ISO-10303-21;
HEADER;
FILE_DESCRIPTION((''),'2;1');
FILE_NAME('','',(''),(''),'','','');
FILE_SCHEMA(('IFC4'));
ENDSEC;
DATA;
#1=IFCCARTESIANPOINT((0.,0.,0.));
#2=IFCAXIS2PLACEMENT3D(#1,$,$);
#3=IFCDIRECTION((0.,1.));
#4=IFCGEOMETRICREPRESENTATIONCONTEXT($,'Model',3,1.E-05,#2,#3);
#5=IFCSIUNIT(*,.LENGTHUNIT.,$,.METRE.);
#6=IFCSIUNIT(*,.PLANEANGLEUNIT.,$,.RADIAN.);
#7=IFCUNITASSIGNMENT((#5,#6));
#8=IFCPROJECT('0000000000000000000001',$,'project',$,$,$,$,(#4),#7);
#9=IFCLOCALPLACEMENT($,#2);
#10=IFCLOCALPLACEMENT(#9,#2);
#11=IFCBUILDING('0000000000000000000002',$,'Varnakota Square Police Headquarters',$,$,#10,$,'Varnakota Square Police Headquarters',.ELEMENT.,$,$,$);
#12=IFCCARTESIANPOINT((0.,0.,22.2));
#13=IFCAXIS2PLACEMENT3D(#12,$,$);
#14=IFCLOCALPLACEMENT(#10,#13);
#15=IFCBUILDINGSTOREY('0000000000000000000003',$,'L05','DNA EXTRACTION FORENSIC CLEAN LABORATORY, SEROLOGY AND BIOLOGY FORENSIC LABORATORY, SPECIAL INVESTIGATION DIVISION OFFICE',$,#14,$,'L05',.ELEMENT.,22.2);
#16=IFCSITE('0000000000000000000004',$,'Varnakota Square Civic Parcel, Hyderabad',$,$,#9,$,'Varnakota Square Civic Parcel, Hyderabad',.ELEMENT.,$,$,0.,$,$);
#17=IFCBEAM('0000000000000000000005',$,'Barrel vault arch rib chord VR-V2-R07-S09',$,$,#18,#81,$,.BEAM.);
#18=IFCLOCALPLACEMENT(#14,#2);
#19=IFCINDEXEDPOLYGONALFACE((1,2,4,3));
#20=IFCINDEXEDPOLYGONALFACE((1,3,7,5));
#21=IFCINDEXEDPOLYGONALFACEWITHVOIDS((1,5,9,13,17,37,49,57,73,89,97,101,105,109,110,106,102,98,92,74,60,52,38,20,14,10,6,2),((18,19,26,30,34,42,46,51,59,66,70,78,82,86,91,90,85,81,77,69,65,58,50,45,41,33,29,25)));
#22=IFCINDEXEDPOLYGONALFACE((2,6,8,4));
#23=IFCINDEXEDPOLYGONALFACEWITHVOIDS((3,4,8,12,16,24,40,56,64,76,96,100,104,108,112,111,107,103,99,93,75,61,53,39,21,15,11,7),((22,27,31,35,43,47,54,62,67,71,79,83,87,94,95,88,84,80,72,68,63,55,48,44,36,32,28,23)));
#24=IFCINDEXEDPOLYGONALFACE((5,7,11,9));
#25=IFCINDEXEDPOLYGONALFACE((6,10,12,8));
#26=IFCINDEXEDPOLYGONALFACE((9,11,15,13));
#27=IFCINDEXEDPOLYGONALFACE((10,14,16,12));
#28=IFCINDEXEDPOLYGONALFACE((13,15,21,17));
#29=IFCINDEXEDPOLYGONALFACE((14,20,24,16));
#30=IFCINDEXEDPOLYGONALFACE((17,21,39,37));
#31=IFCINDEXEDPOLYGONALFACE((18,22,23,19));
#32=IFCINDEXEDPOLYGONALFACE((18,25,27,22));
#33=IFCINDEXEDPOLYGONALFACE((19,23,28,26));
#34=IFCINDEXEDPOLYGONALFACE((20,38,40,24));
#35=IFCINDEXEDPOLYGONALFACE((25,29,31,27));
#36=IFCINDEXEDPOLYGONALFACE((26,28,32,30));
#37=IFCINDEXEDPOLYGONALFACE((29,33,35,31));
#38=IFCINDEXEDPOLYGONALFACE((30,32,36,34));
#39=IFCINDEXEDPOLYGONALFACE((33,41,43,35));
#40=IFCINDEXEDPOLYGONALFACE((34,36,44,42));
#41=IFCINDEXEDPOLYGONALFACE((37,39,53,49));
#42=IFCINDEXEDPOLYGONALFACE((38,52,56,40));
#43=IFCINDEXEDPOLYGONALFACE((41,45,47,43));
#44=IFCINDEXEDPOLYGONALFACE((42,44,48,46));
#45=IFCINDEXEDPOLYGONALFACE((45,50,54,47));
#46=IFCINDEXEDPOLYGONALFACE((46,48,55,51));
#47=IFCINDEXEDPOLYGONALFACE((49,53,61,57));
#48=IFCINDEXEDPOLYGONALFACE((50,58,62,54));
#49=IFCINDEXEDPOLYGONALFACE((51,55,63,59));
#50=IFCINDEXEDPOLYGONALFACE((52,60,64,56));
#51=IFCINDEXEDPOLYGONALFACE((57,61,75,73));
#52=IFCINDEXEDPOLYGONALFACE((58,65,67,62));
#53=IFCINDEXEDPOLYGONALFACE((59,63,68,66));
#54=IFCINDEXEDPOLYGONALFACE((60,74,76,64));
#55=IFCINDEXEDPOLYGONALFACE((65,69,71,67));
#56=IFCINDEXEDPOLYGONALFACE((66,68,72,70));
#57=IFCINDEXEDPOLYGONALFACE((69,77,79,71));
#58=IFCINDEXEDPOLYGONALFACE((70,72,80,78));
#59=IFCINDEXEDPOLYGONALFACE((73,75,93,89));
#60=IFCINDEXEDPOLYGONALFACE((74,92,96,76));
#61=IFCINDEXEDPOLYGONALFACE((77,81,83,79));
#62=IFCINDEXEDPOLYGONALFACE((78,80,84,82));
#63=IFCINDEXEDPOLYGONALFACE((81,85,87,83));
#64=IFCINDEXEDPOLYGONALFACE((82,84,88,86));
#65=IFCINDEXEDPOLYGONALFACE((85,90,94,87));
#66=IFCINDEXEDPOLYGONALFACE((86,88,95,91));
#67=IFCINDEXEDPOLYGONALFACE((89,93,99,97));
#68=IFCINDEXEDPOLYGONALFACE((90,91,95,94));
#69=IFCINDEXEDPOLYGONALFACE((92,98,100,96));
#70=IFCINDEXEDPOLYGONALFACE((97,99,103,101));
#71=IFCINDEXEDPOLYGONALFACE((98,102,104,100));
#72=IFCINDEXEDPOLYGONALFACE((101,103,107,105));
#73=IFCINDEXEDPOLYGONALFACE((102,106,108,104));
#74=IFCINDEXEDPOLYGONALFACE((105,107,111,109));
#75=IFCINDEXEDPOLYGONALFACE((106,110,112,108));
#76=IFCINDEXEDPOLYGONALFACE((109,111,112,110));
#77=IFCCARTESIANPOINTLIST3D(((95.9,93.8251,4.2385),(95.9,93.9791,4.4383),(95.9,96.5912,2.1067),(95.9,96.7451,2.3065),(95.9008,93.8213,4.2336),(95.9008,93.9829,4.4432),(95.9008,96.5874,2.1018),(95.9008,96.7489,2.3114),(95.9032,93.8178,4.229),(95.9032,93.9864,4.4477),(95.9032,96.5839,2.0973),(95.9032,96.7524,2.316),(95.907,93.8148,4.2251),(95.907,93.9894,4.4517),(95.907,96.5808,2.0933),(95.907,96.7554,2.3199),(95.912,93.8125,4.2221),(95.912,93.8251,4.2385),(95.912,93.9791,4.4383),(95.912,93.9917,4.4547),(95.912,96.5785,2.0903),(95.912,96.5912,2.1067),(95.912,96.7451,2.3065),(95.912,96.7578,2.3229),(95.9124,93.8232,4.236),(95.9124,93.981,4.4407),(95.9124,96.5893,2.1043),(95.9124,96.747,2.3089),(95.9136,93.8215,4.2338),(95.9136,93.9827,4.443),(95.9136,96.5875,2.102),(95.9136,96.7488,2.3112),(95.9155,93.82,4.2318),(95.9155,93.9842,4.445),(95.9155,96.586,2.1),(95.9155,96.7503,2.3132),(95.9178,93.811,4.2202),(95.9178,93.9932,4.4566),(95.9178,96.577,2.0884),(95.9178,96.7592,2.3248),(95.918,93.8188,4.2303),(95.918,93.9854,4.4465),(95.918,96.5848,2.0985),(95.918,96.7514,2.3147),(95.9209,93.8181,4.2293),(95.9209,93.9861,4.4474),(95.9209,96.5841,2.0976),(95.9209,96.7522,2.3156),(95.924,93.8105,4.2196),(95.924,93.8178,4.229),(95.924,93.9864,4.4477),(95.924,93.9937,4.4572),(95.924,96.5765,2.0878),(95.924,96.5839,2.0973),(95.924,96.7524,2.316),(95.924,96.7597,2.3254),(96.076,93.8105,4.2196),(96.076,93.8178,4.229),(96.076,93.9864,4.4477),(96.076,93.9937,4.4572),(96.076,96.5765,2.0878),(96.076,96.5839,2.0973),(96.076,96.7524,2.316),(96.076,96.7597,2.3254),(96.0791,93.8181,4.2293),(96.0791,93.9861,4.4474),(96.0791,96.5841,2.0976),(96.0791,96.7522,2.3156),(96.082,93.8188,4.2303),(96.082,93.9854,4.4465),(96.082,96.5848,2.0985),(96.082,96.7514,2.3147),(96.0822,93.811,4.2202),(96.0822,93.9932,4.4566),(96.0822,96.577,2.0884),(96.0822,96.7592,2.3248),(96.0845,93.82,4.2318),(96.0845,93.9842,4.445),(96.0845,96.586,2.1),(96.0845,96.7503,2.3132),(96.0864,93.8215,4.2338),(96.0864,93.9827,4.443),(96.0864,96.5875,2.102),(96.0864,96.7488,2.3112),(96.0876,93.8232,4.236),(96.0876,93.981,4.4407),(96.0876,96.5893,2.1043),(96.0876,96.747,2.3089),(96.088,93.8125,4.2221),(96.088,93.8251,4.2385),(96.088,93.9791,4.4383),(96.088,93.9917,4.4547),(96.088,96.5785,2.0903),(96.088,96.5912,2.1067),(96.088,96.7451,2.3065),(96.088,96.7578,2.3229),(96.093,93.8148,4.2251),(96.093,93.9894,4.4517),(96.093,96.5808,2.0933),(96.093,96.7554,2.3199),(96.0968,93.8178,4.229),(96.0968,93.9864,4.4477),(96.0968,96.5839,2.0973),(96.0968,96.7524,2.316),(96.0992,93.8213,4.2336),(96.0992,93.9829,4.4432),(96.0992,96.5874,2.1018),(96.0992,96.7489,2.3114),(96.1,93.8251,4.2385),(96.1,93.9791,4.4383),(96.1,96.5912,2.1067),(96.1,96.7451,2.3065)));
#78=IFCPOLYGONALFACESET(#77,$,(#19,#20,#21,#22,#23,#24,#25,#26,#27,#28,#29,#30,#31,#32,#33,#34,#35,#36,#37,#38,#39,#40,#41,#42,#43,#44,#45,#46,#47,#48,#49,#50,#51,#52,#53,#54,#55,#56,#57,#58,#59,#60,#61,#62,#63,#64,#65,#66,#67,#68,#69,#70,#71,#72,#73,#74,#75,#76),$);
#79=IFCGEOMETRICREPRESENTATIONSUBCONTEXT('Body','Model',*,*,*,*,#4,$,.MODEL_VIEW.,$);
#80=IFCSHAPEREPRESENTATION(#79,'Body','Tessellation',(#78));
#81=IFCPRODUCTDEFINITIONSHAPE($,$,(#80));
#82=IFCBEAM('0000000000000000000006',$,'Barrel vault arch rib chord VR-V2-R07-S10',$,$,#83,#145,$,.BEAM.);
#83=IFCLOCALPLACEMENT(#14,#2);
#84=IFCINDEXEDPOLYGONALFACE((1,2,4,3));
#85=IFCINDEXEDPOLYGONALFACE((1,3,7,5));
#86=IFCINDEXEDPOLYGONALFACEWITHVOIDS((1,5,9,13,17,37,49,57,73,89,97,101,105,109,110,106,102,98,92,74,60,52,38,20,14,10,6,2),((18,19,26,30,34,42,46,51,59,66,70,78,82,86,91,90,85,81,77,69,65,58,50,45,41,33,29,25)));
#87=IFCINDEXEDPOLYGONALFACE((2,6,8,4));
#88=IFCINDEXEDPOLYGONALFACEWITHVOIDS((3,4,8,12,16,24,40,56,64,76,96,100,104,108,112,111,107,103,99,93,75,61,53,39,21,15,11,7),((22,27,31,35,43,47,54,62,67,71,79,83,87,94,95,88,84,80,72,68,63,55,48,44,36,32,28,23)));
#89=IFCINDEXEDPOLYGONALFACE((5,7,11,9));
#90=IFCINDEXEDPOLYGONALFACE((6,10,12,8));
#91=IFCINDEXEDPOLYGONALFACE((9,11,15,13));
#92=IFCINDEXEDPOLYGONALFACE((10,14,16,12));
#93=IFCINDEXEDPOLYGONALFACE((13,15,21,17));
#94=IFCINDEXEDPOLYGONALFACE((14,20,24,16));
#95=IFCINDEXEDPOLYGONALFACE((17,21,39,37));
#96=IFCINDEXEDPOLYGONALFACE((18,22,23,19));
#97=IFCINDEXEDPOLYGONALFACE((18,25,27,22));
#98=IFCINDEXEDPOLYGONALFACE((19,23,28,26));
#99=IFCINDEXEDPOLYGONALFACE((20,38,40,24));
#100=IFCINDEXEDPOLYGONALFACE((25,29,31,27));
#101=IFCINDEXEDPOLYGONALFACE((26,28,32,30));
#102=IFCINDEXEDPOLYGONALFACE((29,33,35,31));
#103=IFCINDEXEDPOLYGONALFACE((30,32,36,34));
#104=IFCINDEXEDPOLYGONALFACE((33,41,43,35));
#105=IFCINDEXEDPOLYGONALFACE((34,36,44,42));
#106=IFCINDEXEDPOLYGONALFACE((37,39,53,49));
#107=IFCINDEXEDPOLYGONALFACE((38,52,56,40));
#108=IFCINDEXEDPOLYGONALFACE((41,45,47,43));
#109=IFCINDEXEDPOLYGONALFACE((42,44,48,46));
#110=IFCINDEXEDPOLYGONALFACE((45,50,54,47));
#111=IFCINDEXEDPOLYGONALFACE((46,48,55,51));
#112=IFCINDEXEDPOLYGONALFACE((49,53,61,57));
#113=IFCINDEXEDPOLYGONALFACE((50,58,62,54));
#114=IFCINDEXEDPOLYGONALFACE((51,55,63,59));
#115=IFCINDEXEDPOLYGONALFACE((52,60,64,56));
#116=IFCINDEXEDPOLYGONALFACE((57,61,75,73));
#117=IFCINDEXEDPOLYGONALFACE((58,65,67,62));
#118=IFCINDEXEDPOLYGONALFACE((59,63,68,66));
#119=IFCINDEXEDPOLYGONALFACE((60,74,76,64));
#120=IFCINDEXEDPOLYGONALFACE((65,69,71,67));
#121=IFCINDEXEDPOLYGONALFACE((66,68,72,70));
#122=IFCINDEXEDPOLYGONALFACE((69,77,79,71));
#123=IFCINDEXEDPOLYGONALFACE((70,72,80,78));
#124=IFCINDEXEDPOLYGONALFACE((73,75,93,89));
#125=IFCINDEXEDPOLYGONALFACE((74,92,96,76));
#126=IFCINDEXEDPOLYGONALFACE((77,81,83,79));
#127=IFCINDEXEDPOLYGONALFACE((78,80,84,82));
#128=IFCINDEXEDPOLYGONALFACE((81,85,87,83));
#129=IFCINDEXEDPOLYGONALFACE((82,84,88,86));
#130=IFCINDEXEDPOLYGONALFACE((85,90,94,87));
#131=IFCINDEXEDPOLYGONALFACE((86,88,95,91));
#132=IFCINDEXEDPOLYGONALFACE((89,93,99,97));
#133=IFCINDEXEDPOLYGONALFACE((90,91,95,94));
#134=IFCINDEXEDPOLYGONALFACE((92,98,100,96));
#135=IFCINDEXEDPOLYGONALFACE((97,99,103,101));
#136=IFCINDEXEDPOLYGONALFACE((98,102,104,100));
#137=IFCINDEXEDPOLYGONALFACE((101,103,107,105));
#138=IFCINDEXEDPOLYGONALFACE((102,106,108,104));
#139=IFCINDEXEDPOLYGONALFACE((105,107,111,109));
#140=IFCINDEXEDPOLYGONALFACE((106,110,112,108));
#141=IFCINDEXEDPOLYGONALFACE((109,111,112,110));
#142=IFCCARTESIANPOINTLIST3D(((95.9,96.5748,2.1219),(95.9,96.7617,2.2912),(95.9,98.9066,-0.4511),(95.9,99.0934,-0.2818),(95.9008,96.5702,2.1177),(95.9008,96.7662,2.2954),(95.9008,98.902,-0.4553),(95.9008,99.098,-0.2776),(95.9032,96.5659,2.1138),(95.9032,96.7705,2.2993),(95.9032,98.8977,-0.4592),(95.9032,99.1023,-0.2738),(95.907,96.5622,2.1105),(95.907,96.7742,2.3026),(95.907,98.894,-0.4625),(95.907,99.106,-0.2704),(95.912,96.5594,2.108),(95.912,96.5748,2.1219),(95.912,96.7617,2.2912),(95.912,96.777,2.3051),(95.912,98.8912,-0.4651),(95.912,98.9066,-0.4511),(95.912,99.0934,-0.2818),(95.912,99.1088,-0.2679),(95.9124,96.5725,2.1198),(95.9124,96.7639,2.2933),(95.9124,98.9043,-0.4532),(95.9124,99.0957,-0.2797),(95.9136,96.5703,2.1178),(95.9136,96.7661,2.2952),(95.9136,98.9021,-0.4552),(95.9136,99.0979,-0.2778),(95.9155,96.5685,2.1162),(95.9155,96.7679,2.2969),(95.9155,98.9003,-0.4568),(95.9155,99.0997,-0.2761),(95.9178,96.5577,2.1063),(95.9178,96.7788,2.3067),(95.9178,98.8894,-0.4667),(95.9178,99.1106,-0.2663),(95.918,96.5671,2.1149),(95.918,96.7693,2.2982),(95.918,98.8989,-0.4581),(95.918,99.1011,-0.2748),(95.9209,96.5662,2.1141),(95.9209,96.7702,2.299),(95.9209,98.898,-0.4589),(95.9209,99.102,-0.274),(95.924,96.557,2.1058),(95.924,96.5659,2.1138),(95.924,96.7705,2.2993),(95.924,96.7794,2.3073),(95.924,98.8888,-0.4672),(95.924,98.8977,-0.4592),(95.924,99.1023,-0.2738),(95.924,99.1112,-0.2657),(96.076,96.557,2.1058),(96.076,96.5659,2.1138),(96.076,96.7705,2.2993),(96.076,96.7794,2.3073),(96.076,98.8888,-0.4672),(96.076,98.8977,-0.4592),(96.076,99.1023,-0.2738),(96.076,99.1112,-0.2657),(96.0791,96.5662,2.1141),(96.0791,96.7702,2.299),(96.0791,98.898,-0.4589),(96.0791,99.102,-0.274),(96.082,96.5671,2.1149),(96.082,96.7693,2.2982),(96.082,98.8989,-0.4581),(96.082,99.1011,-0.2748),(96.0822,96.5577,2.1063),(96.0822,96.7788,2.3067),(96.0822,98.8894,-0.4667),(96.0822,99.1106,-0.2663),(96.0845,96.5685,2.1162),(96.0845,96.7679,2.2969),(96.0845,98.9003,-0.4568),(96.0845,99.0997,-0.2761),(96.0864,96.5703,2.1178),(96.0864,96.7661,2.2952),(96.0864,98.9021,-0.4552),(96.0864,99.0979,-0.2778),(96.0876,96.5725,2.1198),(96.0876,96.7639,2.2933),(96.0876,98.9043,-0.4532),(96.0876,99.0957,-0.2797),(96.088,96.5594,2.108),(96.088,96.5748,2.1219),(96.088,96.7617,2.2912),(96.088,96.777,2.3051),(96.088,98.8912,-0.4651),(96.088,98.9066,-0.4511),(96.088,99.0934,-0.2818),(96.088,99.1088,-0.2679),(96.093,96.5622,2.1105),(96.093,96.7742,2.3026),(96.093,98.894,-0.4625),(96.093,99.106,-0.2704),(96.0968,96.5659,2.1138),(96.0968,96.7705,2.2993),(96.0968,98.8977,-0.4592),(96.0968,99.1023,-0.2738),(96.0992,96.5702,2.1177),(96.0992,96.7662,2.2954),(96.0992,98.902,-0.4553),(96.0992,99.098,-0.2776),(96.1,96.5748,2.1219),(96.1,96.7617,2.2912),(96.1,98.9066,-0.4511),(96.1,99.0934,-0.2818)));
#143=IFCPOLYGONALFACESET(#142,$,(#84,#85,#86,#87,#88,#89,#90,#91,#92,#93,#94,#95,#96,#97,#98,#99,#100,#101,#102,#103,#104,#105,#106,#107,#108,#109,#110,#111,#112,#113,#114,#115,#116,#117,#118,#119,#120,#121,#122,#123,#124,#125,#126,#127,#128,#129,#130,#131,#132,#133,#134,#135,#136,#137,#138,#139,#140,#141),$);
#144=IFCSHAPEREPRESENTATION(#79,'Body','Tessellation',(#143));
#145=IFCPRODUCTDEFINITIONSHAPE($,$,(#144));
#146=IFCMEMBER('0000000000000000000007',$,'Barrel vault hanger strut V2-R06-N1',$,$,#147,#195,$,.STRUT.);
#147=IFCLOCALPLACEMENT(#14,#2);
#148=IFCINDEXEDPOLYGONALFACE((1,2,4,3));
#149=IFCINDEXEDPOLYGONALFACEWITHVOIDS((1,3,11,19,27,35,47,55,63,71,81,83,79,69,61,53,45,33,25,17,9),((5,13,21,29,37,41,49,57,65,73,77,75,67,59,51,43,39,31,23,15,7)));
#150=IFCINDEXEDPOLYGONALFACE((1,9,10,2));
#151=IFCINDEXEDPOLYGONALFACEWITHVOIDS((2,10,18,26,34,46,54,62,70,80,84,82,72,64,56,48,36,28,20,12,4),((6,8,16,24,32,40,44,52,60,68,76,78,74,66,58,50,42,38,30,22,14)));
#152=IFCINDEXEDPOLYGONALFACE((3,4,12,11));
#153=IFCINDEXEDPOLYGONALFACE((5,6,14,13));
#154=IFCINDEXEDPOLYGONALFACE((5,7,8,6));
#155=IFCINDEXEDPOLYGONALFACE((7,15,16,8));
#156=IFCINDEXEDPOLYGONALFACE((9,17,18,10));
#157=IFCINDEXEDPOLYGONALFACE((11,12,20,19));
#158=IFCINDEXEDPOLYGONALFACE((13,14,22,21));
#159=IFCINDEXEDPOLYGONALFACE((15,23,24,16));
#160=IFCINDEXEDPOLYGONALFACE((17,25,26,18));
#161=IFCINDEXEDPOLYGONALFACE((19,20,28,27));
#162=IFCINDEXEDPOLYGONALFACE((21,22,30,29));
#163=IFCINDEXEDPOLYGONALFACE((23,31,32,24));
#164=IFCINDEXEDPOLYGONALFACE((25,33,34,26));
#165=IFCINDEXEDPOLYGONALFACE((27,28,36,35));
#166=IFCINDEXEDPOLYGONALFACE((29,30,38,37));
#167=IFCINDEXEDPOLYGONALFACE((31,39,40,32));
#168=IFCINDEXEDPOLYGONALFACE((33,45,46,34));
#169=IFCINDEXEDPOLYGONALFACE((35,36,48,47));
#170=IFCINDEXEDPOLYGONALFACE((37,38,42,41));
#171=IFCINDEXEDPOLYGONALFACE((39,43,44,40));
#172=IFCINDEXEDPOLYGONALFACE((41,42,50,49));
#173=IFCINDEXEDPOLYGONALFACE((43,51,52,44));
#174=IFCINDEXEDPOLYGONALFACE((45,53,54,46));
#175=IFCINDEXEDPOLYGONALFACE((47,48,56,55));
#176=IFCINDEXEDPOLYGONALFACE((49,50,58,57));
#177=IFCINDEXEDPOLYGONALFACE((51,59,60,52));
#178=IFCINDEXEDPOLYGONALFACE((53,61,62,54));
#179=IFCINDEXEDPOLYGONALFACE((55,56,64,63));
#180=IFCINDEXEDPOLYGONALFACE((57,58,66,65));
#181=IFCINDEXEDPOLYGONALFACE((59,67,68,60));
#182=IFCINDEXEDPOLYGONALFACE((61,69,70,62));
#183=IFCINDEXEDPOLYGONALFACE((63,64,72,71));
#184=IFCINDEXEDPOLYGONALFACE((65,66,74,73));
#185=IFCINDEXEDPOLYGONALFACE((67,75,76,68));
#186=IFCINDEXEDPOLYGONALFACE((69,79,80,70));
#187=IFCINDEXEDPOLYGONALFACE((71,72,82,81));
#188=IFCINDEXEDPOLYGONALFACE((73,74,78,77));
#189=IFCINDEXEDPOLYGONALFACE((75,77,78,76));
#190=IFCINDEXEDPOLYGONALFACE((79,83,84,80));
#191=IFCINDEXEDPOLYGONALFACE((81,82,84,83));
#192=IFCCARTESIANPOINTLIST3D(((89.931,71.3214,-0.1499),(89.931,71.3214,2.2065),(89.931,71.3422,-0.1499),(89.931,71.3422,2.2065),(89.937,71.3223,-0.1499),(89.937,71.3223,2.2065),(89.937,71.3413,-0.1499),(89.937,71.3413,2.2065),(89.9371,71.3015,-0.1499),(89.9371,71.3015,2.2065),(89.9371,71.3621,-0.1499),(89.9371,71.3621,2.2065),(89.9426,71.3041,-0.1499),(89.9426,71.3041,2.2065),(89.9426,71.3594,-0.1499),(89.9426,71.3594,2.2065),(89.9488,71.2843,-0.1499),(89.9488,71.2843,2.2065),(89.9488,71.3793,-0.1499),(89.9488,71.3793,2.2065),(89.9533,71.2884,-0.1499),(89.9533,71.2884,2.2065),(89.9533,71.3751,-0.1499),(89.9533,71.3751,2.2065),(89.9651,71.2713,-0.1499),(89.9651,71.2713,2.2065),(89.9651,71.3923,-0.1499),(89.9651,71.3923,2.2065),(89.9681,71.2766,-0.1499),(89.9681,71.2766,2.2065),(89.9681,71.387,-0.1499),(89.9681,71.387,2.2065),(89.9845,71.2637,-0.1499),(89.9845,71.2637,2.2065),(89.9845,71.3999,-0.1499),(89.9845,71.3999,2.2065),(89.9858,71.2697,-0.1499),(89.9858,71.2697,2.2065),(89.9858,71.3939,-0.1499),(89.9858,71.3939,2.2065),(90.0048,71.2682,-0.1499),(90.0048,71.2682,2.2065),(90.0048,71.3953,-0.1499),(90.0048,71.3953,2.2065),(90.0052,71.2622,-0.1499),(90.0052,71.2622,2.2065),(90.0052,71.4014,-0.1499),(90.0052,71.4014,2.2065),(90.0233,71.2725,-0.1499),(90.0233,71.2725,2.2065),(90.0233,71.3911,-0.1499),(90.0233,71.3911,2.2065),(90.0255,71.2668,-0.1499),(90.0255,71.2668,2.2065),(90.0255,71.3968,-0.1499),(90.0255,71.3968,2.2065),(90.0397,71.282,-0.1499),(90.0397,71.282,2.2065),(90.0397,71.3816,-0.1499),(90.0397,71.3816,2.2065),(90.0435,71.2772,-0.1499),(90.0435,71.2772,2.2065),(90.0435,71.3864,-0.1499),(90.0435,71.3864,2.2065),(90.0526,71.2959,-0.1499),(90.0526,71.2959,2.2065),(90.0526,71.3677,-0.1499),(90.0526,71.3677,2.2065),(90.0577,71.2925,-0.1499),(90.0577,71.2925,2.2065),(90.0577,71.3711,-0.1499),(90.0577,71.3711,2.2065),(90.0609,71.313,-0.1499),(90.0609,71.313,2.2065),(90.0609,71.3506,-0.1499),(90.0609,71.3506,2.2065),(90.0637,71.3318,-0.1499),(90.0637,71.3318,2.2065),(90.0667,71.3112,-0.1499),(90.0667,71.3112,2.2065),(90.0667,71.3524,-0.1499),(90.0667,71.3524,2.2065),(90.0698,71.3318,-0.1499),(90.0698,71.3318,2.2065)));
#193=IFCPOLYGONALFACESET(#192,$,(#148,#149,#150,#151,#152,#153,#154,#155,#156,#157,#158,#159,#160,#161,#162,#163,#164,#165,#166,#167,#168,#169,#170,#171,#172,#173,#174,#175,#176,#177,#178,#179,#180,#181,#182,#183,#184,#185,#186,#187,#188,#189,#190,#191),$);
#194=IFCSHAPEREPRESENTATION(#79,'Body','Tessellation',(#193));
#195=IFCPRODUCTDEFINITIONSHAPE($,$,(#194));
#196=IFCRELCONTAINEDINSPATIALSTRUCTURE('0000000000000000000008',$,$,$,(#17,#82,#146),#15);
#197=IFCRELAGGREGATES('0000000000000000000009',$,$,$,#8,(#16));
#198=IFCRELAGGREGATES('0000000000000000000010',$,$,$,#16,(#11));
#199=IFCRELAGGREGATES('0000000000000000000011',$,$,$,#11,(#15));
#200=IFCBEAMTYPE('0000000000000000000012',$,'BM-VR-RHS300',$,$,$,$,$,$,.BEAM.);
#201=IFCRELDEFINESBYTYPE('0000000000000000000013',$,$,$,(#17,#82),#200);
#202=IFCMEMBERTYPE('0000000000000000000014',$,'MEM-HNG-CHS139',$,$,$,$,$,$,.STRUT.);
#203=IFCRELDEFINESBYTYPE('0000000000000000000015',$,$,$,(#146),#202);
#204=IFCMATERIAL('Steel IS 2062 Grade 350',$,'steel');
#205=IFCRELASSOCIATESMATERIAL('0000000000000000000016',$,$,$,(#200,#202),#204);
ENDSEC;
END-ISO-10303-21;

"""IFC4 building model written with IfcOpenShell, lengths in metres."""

from ifc_helpers import new_model, si_unit, direction, frame, origin, origin_2d, place, context, subcontext, project, spatial, hollow_rectangle, hollow_circle, extrude, material, material_profile, profile_set, type_object, element, save


model = new_model("IFC4")

# Units and contexts
model_context = context("Model", 3, precision=1e-05, world=origin(), true_north=direction((0.0, 1.0)))
body_context = subcontext(model_context, "Body", "Model", "MODEL_VIEW")
ifc_project = project(units=[si_unit("LENGTHUNIT", "METRE"), si_unit("PLANEANGLEUNIT", "RADIAN")], contexts=[model_context])

# Site, building, storey
site_placement = place(None, origin())
site = spatial("IfcSite", under=ifc_project, at=site_placement, Name="Varnakota Square Civic Parcel, Hyderabad", LongName="Varnakota Square Civic Parcel, Hyderabad", CompositionType="ELEMENT", RefElevation=0.0)
building_placement = place(site_placement, origin())
building = spatial("IfcBuilding", under=site, at=building_placement, Name="Varnakota Square Police Headquarters", LongName="Varnakota Square Police Headquarters", CompositionType="ELEMENT")
storey_placement = place(building_placement, frame((0.0, 0.0, 22.2)))
storey = spatial("IfcBuildingStorey", under=building, at=storey_placement, Name="L05", Description="DNA EXTRACTION FORENSIC CLEAN LABORATORY, SEROLOGY AND BIOLOGY FORENSIC LABORATORY, SPECIAL INVESTIGATION DIVISION OFFICE", LongName="L05", CompositionType="ELEMENT", Elevation=22.2)

# Beams
ifc_material_1 = material(Name="Steel IS 2062 Grade 350", Category="steel")
ifc_material_profile_1 = material_profile(ifc_material_1, hollow_rectangle(XDim=0.2, YDim=0.3, WallThickness=0.012, InnerFilletRadius=0.012, OuterFilletRadius=0.0239, at=origin_2d()), Name="RHS 300x200x12")
ifc_profile_set_1 = profile_set([ifc_material_profile_1], Name="Steel IS 2062 Grade 350")
beam_type_1 = type_object("IfcBeamType", Name="BM-VR-RHS300", PredefinedType="BEAM", material=ifc_profile_set_1)
for number, where, z_axis, x_axis, name in (
    (1, (96.0, 93.9021, 4.3384), (0.0, 0.792062, -0.61044), (-1.0, 0.0, 0.0), "Barrel vault arch rib chord VR-V2-R07-S09"),
):
    element("IfcBeam", number, at=place(storey_placement, frame(where, z_axis=z_axis, x_axis=x_axis)), inside=storey, type_object=beam_type_1, Name=name, PredefinedType="BEAM", context=body_context, shape_type="SweptSolid", body=[
        extrude(hollow_rectangle(XDim=0.2, YDim=0.3, WallThickness=0.012, InnerFilletRadius=0.012, OuterFilletRadius=0.0239, at=origin_2d()), origin(), (0.0, 0.0, 1.0), 3.4922),
    ])
beam_1_placement = place(storey_placement, frame((96.0, 96.6682, 2.2065), z_axis=(0.0, 0.671521, -0.740986), x_axis=(-1.0, 0.0, 0.0)))
element("IfcBeam", 2, at=beam_1_placement, inside=storey, type_object=beam_type_1, Name="Barrel vault arch rib chord VR-V2-R07-S10", PredefinedType="BEAM", context=body_context, shape_type="SweptSolid", body=[
    extrude(hollow_rectangle(XDim=0.2, YDim=0.3, WallThickness=0.012, InnerFilletRadius=0.012, OuterFilletRadius=0.0239, at=origin_2d()), origin(), (0.0, 0.0, 1.0), 3.4724),
])

# Member
ifc_material_profile_2 = material_profile(ifc_material_1, hollow_circle(Radius=0.0698, WallThickness=0.0061, at=origin_2d()), Name="CHS 139.7x6.0")
ifc_profile_set_2 = profile_set([ifc_material_profile_2], Name="Steel IS 2062 Grade 350")
member_type_1 = type_object("IfcMemberType", Name="MEM-HNG-CHS139", PredefinedType="STRUT", material=ifc_profile_set_2)
member_1_placement = place(storey_placement, frame((90.0, 71.3318, -0.1499), z_axis=(0.0, 0.0, 1.0), x_axis=(1.0, 0.0, 0.0)))
element("IfcMember", 3, at=member_1_placement, inside=storey, type_object=member_type_1, Name="Barrel vault hanger strut V2-R06-N1", PredefinedType="STRUT", context=body_context, shape_type="SweptSolid", body=[
    extrude(hollow_circle(Radius=0.0698, WallThickness=0.0061, at=origin_2d()), origin(), (0.0, 0.0, 1.0), 2.3564),
])

save(model, "model.ifc")
